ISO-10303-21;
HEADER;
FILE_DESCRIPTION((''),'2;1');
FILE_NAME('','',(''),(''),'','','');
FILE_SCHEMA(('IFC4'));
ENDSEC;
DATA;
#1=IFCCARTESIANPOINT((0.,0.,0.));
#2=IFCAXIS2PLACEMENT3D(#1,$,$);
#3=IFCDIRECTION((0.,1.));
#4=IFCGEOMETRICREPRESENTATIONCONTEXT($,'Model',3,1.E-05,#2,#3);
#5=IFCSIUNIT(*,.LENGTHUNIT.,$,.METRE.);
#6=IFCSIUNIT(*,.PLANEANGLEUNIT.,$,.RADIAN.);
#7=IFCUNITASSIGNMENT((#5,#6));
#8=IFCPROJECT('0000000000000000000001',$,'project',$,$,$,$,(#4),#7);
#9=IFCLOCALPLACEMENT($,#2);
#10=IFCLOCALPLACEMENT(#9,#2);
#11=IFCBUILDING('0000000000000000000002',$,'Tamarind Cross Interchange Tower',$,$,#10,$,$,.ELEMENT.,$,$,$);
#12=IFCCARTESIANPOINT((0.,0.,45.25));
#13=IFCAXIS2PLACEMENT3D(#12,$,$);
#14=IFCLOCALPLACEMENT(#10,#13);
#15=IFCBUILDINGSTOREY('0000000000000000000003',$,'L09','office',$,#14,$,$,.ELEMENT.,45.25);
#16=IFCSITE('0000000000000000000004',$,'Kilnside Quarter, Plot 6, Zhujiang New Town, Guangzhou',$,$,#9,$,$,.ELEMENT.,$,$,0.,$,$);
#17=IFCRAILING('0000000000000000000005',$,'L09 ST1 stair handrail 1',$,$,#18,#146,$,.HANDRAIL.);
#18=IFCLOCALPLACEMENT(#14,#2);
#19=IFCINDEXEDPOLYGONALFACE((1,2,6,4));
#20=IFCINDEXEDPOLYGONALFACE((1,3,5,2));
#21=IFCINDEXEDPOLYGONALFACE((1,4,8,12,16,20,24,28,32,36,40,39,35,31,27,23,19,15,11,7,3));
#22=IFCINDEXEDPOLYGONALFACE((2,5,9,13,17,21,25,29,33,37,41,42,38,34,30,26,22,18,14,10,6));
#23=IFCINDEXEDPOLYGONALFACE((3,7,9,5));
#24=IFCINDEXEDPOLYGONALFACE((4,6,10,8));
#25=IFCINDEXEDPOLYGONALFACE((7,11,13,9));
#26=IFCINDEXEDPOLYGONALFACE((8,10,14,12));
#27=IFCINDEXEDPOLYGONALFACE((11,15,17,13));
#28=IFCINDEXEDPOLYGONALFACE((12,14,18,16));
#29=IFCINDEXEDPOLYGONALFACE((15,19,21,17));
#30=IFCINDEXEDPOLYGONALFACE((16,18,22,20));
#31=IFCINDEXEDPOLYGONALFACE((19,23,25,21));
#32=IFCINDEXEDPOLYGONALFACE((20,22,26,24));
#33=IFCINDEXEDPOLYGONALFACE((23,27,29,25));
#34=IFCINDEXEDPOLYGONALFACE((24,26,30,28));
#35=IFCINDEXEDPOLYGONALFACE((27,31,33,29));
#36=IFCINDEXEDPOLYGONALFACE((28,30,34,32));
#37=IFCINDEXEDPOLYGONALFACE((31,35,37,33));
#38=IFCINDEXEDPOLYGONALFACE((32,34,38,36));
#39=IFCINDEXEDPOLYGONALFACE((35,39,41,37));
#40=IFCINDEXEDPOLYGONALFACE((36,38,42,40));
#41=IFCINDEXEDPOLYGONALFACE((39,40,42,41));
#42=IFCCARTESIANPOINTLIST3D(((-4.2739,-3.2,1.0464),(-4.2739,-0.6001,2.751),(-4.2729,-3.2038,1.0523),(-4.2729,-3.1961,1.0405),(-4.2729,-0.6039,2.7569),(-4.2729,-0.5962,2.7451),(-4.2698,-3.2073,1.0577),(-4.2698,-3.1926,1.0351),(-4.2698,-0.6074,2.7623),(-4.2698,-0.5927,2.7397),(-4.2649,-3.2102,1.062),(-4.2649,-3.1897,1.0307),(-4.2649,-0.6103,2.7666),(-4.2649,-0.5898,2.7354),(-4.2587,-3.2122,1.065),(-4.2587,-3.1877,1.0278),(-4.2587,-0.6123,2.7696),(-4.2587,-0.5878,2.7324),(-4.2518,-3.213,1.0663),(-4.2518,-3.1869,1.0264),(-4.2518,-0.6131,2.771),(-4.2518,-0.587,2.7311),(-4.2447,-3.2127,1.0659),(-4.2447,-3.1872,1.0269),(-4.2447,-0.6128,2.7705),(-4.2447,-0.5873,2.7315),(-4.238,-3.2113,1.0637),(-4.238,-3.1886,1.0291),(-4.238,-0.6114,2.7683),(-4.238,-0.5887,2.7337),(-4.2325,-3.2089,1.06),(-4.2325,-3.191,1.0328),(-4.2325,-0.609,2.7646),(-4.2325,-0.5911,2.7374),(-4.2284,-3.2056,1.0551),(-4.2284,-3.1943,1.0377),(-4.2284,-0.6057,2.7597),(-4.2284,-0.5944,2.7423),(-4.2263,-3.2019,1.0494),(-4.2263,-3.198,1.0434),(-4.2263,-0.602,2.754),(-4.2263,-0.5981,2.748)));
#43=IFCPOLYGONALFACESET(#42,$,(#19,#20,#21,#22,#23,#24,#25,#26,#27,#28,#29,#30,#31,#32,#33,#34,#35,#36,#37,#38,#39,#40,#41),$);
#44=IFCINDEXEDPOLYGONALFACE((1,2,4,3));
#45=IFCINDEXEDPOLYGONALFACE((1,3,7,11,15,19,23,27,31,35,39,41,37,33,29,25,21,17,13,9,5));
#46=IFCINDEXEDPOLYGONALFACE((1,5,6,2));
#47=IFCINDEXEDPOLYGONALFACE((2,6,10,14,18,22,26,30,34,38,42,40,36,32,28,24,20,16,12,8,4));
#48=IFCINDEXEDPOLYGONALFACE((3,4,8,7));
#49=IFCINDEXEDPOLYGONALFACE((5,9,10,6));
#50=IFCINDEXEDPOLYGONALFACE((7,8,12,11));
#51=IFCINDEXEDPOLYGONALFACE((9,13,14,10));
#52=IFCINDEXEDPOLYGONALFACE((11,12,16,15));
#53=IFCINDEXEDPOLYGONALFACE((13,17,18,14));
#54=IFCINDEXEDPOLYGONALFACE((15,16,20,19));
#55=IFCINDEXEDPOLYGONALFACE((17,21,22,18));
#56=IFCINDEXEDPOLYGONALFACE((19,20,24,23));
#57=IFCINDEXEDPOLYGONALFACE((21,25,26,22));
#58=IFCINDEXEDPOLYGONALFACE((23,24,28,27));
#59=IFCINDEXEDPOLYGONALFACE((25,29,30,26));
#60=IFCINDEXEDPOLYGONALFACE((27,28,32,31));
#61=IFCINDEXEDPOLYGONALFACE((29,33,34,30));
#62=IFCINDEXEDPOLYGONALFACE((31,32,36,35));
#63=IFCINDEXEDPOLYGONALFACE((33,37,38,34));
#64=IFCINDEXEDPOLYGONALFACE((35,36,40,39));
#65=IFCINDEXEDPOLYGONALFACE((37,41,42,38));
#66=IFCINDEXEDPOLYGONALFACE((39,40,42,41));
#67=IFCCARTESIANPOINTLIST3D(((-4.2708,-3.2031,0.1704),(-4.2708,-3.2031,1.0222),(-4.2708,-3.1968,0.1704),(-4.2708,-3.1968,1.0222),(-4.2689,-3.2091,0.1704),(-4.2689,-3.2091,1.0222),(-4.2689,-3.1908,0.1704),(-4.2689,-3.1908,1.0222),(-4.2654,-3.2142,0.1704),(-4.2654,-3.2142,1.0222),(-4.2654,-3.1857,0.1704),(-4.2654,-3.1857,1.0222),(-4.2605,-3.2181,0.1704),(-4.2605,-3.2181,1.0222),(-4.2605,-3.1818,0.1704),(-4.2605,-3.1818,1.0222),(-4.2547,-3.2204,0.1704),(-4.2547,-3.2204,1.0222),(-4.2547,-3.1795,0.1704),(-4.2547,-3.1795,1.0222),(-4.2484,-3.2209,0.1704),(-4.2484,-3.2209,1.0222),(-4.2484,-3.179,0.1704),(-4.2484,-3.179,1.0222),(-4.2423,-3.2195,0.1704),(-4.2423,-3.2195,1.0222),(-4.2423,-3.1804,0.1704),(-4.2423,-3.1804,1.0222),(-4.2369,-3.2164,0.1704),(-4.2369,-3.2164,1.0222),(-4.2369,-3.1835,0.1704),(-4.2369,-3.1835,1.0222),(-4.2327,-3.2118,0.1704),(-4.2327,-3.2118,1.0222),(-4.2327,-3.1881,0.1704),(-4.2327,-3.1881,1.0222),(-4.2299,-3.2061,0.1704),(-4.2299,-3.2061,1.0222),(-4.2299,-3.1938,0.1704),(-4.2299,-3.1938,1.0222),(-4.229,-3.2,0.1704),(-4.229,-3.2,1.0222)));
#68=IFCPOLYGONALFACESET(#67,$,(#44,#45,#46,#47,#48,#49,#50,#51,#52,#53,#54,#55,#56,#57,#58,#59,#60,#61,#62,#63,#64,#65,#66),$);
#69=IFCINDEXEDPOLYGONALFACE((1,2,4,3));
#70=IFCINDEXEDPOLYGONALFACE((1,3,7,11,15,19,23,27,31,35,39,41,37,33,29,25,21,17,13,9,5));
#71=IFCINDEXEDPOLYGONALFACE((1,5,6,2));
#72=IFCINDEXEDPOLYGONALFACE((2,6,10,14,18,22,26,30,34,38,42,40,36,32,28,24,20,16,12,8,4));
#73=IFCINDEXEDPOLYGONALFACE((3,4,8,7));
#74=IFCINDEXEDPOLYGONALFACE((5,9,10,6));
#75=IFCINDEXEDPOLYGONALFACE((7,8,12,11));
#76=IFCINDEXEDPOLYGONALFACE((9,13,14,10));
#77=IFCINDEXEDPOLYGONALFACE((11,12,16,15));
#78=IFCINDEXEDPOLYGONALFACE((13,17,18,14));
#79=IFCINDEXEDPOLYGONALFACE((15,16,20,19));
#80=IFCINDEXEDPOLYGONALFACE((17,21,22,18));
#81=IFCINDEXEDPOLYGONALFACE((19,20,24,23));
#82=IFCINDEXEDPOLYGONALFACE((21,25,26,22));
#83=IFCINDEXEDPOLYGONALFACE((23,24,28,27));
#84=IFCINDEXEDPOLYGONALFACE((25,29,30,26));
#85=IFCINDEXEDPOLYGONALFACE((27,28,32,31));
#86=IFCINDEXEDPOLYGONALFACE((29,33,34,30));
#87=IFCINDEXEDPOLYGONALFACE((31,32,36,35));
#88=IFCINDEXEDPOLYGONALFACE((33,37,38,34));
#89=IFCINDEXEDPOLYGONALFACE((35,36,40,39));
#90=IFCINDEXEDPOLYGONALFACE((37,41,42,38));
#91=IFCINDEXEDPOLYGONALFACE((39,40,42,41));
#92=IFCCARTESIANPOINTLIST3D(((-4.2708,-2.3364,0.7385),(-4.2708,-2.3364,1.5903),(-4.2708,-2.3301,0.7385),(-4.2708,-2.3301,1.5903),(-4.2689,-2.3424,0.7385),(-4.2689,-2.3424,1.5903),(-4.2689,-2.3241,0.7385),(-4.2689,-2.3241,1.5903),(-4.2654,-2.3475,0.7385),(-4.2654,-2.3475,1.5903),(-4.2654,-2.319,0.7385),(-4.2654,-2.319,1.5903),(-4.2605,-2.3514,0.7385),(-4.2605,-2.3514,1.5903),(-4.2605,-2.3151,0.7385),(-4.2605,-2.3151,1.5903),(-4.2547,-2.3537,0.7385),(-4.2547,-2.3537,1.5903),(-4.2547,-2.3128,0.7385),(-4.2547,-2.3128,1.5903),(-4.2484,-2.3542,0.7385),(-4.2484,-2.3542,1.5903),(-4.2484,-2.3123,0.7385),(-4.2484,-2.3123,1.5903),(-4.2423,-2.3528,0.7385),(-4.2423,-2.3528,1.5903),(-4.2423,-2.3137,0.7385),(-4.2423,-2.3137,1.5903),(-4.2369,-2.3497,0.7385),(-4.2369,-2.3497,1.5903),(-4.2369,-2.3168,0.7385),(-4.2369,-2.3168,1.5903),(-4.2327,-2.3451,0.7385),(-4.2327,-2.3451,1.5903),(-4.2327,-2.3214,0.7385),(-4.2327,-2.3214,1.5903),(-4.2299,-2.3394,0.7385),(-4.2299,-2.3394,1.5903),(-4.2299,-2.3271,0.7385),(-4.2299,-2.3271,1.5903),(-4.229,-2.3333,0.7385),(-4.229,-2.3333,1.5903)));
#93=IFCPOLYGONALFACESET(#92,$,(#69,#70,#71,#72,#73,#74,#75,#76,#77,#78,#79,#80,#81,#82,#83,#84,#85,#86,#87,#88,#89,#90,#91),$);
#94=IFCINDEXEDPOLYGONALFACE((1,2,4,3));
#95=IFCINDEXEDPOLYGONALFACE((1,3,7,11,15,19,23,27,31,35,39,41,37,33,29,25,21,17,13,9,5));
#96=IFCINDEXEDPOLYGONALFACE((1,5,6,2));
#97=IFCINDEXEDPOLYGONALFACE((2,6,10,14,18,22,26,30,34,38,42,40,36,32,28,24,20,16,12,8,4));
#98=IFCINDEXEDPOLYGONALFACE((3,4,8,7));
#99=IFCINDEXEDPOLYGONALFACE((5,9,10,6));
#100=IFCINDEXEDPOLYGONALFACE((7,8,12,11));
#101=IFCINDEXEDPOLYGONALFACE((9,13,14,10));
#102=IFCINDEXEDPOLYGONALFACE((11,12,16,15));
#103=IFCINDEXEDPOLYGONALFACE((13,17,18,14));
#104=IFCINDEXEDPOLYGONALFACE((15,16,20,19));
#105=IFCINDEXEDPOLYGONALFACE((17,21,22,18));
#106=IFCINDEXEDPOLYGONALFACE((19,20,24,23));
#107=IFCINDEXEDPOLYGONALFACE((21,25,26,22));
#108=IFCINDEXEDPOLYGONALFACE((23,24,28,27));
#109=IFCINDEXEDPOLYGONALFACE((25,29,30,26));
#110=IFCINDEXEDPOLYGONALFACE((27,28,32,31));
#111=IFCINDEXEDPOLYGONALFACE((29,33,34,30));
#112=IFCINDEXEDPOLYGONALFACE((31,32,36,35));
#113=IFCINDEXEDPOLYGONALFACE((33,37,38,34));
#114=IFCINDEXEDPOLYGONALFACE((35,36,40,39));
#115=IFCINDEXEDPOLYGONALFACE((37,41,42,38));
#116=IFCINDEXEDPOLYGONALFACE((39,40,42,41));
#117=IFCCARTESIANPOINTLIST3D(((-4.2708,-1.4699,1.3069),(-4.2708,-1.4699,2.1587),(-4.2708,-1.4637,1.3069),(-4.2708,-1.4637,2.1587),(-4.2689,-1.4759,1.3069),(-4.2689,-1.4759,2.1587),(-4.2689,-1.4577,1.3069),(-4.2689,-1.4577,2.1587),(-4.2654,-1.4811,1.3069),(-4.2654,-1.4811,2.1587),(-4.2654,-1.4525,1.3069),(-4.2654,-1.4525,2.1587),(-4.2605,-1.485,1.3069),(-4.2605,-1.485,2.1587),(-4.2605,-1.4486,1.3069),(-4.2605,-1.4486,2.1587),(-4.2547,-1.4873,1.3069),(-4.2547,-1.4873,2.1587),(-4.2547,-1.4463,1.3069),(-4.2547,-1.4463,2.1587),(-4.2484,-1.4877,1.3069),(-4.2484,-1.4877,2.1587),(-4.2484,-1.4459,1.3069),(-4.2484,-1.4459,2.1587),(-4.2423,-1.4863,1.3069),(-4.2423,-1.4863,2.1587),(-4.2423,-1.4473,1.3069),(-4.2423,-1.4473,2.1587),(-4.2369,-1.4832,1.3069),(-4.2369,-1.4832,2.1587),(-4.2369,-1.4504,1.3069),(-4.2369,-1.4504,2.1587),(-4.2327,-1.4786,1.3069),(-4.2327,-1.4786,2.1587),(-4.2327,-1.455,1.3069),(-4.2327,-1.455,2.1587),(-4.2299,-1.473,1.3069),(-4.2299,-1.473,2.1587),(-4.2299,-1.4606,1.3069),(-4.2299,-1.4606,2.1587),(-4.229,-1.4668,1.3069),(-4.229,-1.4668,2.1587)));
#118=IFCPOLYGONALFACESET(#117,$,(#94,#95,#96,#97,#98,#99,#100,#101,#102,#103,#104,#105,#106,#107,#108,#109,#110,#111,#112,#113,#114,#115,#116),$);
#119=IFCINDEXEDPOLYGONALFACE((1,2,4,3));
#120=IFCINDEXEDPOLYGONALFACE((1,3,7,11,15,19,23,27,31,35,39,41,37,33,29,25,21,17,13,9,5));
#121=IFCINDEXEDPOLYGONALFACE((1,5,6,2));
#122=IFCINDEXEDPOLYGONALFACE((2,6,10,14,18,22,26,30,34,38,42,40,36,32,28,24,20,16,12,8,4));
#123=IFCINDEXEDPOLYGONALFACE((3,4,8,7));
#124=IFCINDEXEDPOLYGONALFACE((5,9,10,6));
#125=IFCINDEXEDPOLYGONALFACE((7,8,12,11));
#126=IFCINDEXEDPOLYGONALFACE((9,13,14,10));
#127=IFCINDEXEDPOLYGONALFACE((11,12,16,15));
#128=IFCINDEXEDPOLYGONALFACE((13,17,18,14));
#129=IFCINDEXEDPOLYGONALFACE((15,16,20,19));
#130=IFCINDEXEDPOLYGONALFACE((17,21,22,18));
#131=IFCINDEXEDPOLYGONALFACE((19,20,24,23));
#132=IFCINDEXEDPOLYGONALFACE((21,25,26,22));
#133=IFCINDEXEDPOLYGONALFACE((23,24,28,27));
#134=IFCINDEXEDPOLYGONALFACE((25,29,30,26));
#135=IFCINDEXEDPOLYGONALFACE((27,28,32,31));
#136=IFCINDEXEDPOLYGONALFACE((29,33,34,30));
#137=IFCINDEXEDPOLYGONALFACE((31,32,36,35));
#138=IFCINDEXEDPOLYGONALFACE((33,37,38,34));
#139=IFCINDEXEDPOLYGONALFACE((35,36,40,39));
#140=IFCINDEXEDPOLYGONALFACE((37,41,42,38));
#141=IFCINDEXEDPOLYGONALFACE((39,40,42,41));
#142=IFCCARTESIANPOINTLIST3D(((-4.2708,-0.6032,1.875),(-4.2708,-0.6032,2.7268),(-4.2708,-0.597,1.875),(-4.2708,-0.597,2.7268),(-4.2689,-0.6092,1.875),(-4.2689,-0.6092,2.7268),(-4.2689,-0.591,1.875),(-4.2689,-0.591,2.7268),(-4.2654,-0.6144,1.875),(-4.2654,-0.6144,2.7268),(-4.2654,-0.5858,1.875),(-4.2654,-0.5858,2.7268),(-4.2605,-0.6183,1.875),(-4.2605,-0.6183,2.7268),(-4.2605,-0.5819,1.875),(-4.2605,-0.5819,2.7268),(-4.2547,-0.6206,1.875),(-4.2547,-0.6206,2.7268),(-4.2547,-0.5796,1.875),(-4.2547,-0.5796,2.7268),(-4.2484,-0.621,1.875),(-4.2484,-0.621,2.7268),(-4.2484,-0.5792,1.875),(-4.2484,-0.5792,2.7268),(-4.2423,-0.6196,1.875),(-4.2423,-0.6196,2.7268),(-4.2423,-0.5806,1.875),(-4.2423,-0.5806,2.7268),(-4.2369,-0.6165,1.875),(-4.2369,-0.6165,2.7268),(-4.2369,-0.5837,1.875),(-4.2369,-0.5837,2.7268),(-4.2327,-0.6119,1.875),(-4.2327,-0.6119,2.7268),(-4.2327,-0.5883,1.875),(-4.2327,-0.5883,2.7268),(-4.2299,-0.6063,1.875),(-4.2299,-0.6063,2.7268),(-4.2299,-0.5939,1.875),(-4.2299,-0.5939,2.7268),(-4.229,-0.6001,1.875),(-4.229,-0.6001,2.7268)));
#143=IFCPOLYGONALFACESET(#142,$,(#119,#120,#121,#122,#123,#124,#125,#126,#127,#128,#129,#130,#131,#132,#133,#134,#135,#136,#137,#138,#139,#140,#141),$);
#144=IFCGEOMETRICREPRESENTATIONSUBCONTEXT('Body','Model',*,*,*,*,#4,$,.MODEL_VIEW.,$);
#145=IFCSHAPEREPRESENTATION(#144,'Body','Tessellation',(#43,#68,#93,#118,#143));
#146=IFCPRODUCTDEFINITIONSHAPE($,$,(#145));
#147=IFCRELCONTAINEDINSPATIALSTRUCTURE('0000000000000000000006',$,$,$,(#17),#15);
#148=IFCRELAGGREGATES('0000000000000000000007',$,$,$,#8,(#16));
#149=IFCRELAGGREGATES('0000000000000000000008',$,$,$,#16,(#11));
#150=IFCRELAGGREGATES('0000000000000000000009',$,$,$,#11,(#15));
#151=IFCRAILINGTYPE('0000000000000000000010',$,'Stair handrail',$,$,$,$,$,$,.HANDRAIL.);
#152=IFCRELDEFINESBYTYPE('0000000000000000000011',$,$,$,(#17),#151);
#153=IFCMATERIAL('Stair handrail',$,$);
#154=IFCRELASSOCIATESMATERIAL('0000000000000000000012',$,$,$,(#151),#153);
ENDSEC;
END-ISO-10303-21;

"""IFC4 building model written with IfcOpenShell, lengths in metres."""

from ifc_helpers import new_model, si_unit, direction, frame, origin, origin_2d, place, context, subcontext, project, spatial, circle, extrude, material, type_object, element, save


model = new_model("IFC4")

# Units and contexts
model_context = context("Model", 3, precision=1e-05, world=origin(), true_north=direction((0.0, 1.0)))
body_context = subcontext(model_context, "Body", "Model", "MODEL_VIEW")
ifc_project = project(units=[si_unit("LENGTHUNIT", "METRE"), si_unit("PLANEANGLEUNIT", "RADIAN")], contexts=[model_context])

# Site, building, storey
site_placement = place(None, origin())
site = spatial("IfcSite", under=ifc_project, at=site_placement, Name="Kilnside Quarter, Plot 6, Zhujiang New Town, Guangzhou", CompositionType="ELEMENT", RefElevation=0.0)
building_placement = place(site_placement, origin())
building = spatial("IfcBuilding", under=site, at=building_placement, Name="Tamarind Cross Interchange Tower", CompositionType="ELEMENT")
storey_placement = place(building_placement, frame((0.0, 0.0, 45.25)))
storey = spatial("IfcBuildingStorey", under=building, at=storey_placement, Name="L09", Description="office", CompositionType="ELEMENT", Elevation=45.25)

# Railing
ifc_material_1 = material(Name="Stair handrail")
railing_type_1 = type_object("IfcRailingType", Name="Stair handrail", PredefinedType="HANDRAIL", material=ifc_material_1)
railing_1_placement = place(storey_placement, frame((-4.25, -3.2, 0.1704)))
element("IfcRailing", 1, at=railing_1_placement, inside=storey, type_object=railing_type_1, Name="L09 ST1 stair handrail 1", PredefinedType="HANDRAIL", context=body_context, shape_type="SweptSolid", body=[
    extrude(circle(Radius=0.0239, at=origin_2d()), frame((0.0, 0.0, 0.876), z_axis=(0.0, 0.836279, 0.548305), x_axis=(-1.0, 0.0, 0.0)), (0.0, 0.0, 1.0), 3.1089),
    extrude(circle(Radius=0.021, at=origin_2d()), origin(), (0.0, 0.0, 1.0), 0.8518),
    extrude(circle(Radius=0.021, at=origin_2d()), frame((0.0, 0.8667, 0.5681)), (0.0, 0.0, 1.0), 0.8518),
    extrude(circle(Radius=0.021, at=origin_2d()), frame((0.0, 1.7332, 1.1365)), (0.0, 0.0, 1.0), 0.8518),
    extrude(circle(Radius=0.021, at=origin_2d()), frame((0.0, 2.5999, 1.7046)), (0.0, 0.0, 1.0), 0.8518),
])

save(model, "model.ifc")
